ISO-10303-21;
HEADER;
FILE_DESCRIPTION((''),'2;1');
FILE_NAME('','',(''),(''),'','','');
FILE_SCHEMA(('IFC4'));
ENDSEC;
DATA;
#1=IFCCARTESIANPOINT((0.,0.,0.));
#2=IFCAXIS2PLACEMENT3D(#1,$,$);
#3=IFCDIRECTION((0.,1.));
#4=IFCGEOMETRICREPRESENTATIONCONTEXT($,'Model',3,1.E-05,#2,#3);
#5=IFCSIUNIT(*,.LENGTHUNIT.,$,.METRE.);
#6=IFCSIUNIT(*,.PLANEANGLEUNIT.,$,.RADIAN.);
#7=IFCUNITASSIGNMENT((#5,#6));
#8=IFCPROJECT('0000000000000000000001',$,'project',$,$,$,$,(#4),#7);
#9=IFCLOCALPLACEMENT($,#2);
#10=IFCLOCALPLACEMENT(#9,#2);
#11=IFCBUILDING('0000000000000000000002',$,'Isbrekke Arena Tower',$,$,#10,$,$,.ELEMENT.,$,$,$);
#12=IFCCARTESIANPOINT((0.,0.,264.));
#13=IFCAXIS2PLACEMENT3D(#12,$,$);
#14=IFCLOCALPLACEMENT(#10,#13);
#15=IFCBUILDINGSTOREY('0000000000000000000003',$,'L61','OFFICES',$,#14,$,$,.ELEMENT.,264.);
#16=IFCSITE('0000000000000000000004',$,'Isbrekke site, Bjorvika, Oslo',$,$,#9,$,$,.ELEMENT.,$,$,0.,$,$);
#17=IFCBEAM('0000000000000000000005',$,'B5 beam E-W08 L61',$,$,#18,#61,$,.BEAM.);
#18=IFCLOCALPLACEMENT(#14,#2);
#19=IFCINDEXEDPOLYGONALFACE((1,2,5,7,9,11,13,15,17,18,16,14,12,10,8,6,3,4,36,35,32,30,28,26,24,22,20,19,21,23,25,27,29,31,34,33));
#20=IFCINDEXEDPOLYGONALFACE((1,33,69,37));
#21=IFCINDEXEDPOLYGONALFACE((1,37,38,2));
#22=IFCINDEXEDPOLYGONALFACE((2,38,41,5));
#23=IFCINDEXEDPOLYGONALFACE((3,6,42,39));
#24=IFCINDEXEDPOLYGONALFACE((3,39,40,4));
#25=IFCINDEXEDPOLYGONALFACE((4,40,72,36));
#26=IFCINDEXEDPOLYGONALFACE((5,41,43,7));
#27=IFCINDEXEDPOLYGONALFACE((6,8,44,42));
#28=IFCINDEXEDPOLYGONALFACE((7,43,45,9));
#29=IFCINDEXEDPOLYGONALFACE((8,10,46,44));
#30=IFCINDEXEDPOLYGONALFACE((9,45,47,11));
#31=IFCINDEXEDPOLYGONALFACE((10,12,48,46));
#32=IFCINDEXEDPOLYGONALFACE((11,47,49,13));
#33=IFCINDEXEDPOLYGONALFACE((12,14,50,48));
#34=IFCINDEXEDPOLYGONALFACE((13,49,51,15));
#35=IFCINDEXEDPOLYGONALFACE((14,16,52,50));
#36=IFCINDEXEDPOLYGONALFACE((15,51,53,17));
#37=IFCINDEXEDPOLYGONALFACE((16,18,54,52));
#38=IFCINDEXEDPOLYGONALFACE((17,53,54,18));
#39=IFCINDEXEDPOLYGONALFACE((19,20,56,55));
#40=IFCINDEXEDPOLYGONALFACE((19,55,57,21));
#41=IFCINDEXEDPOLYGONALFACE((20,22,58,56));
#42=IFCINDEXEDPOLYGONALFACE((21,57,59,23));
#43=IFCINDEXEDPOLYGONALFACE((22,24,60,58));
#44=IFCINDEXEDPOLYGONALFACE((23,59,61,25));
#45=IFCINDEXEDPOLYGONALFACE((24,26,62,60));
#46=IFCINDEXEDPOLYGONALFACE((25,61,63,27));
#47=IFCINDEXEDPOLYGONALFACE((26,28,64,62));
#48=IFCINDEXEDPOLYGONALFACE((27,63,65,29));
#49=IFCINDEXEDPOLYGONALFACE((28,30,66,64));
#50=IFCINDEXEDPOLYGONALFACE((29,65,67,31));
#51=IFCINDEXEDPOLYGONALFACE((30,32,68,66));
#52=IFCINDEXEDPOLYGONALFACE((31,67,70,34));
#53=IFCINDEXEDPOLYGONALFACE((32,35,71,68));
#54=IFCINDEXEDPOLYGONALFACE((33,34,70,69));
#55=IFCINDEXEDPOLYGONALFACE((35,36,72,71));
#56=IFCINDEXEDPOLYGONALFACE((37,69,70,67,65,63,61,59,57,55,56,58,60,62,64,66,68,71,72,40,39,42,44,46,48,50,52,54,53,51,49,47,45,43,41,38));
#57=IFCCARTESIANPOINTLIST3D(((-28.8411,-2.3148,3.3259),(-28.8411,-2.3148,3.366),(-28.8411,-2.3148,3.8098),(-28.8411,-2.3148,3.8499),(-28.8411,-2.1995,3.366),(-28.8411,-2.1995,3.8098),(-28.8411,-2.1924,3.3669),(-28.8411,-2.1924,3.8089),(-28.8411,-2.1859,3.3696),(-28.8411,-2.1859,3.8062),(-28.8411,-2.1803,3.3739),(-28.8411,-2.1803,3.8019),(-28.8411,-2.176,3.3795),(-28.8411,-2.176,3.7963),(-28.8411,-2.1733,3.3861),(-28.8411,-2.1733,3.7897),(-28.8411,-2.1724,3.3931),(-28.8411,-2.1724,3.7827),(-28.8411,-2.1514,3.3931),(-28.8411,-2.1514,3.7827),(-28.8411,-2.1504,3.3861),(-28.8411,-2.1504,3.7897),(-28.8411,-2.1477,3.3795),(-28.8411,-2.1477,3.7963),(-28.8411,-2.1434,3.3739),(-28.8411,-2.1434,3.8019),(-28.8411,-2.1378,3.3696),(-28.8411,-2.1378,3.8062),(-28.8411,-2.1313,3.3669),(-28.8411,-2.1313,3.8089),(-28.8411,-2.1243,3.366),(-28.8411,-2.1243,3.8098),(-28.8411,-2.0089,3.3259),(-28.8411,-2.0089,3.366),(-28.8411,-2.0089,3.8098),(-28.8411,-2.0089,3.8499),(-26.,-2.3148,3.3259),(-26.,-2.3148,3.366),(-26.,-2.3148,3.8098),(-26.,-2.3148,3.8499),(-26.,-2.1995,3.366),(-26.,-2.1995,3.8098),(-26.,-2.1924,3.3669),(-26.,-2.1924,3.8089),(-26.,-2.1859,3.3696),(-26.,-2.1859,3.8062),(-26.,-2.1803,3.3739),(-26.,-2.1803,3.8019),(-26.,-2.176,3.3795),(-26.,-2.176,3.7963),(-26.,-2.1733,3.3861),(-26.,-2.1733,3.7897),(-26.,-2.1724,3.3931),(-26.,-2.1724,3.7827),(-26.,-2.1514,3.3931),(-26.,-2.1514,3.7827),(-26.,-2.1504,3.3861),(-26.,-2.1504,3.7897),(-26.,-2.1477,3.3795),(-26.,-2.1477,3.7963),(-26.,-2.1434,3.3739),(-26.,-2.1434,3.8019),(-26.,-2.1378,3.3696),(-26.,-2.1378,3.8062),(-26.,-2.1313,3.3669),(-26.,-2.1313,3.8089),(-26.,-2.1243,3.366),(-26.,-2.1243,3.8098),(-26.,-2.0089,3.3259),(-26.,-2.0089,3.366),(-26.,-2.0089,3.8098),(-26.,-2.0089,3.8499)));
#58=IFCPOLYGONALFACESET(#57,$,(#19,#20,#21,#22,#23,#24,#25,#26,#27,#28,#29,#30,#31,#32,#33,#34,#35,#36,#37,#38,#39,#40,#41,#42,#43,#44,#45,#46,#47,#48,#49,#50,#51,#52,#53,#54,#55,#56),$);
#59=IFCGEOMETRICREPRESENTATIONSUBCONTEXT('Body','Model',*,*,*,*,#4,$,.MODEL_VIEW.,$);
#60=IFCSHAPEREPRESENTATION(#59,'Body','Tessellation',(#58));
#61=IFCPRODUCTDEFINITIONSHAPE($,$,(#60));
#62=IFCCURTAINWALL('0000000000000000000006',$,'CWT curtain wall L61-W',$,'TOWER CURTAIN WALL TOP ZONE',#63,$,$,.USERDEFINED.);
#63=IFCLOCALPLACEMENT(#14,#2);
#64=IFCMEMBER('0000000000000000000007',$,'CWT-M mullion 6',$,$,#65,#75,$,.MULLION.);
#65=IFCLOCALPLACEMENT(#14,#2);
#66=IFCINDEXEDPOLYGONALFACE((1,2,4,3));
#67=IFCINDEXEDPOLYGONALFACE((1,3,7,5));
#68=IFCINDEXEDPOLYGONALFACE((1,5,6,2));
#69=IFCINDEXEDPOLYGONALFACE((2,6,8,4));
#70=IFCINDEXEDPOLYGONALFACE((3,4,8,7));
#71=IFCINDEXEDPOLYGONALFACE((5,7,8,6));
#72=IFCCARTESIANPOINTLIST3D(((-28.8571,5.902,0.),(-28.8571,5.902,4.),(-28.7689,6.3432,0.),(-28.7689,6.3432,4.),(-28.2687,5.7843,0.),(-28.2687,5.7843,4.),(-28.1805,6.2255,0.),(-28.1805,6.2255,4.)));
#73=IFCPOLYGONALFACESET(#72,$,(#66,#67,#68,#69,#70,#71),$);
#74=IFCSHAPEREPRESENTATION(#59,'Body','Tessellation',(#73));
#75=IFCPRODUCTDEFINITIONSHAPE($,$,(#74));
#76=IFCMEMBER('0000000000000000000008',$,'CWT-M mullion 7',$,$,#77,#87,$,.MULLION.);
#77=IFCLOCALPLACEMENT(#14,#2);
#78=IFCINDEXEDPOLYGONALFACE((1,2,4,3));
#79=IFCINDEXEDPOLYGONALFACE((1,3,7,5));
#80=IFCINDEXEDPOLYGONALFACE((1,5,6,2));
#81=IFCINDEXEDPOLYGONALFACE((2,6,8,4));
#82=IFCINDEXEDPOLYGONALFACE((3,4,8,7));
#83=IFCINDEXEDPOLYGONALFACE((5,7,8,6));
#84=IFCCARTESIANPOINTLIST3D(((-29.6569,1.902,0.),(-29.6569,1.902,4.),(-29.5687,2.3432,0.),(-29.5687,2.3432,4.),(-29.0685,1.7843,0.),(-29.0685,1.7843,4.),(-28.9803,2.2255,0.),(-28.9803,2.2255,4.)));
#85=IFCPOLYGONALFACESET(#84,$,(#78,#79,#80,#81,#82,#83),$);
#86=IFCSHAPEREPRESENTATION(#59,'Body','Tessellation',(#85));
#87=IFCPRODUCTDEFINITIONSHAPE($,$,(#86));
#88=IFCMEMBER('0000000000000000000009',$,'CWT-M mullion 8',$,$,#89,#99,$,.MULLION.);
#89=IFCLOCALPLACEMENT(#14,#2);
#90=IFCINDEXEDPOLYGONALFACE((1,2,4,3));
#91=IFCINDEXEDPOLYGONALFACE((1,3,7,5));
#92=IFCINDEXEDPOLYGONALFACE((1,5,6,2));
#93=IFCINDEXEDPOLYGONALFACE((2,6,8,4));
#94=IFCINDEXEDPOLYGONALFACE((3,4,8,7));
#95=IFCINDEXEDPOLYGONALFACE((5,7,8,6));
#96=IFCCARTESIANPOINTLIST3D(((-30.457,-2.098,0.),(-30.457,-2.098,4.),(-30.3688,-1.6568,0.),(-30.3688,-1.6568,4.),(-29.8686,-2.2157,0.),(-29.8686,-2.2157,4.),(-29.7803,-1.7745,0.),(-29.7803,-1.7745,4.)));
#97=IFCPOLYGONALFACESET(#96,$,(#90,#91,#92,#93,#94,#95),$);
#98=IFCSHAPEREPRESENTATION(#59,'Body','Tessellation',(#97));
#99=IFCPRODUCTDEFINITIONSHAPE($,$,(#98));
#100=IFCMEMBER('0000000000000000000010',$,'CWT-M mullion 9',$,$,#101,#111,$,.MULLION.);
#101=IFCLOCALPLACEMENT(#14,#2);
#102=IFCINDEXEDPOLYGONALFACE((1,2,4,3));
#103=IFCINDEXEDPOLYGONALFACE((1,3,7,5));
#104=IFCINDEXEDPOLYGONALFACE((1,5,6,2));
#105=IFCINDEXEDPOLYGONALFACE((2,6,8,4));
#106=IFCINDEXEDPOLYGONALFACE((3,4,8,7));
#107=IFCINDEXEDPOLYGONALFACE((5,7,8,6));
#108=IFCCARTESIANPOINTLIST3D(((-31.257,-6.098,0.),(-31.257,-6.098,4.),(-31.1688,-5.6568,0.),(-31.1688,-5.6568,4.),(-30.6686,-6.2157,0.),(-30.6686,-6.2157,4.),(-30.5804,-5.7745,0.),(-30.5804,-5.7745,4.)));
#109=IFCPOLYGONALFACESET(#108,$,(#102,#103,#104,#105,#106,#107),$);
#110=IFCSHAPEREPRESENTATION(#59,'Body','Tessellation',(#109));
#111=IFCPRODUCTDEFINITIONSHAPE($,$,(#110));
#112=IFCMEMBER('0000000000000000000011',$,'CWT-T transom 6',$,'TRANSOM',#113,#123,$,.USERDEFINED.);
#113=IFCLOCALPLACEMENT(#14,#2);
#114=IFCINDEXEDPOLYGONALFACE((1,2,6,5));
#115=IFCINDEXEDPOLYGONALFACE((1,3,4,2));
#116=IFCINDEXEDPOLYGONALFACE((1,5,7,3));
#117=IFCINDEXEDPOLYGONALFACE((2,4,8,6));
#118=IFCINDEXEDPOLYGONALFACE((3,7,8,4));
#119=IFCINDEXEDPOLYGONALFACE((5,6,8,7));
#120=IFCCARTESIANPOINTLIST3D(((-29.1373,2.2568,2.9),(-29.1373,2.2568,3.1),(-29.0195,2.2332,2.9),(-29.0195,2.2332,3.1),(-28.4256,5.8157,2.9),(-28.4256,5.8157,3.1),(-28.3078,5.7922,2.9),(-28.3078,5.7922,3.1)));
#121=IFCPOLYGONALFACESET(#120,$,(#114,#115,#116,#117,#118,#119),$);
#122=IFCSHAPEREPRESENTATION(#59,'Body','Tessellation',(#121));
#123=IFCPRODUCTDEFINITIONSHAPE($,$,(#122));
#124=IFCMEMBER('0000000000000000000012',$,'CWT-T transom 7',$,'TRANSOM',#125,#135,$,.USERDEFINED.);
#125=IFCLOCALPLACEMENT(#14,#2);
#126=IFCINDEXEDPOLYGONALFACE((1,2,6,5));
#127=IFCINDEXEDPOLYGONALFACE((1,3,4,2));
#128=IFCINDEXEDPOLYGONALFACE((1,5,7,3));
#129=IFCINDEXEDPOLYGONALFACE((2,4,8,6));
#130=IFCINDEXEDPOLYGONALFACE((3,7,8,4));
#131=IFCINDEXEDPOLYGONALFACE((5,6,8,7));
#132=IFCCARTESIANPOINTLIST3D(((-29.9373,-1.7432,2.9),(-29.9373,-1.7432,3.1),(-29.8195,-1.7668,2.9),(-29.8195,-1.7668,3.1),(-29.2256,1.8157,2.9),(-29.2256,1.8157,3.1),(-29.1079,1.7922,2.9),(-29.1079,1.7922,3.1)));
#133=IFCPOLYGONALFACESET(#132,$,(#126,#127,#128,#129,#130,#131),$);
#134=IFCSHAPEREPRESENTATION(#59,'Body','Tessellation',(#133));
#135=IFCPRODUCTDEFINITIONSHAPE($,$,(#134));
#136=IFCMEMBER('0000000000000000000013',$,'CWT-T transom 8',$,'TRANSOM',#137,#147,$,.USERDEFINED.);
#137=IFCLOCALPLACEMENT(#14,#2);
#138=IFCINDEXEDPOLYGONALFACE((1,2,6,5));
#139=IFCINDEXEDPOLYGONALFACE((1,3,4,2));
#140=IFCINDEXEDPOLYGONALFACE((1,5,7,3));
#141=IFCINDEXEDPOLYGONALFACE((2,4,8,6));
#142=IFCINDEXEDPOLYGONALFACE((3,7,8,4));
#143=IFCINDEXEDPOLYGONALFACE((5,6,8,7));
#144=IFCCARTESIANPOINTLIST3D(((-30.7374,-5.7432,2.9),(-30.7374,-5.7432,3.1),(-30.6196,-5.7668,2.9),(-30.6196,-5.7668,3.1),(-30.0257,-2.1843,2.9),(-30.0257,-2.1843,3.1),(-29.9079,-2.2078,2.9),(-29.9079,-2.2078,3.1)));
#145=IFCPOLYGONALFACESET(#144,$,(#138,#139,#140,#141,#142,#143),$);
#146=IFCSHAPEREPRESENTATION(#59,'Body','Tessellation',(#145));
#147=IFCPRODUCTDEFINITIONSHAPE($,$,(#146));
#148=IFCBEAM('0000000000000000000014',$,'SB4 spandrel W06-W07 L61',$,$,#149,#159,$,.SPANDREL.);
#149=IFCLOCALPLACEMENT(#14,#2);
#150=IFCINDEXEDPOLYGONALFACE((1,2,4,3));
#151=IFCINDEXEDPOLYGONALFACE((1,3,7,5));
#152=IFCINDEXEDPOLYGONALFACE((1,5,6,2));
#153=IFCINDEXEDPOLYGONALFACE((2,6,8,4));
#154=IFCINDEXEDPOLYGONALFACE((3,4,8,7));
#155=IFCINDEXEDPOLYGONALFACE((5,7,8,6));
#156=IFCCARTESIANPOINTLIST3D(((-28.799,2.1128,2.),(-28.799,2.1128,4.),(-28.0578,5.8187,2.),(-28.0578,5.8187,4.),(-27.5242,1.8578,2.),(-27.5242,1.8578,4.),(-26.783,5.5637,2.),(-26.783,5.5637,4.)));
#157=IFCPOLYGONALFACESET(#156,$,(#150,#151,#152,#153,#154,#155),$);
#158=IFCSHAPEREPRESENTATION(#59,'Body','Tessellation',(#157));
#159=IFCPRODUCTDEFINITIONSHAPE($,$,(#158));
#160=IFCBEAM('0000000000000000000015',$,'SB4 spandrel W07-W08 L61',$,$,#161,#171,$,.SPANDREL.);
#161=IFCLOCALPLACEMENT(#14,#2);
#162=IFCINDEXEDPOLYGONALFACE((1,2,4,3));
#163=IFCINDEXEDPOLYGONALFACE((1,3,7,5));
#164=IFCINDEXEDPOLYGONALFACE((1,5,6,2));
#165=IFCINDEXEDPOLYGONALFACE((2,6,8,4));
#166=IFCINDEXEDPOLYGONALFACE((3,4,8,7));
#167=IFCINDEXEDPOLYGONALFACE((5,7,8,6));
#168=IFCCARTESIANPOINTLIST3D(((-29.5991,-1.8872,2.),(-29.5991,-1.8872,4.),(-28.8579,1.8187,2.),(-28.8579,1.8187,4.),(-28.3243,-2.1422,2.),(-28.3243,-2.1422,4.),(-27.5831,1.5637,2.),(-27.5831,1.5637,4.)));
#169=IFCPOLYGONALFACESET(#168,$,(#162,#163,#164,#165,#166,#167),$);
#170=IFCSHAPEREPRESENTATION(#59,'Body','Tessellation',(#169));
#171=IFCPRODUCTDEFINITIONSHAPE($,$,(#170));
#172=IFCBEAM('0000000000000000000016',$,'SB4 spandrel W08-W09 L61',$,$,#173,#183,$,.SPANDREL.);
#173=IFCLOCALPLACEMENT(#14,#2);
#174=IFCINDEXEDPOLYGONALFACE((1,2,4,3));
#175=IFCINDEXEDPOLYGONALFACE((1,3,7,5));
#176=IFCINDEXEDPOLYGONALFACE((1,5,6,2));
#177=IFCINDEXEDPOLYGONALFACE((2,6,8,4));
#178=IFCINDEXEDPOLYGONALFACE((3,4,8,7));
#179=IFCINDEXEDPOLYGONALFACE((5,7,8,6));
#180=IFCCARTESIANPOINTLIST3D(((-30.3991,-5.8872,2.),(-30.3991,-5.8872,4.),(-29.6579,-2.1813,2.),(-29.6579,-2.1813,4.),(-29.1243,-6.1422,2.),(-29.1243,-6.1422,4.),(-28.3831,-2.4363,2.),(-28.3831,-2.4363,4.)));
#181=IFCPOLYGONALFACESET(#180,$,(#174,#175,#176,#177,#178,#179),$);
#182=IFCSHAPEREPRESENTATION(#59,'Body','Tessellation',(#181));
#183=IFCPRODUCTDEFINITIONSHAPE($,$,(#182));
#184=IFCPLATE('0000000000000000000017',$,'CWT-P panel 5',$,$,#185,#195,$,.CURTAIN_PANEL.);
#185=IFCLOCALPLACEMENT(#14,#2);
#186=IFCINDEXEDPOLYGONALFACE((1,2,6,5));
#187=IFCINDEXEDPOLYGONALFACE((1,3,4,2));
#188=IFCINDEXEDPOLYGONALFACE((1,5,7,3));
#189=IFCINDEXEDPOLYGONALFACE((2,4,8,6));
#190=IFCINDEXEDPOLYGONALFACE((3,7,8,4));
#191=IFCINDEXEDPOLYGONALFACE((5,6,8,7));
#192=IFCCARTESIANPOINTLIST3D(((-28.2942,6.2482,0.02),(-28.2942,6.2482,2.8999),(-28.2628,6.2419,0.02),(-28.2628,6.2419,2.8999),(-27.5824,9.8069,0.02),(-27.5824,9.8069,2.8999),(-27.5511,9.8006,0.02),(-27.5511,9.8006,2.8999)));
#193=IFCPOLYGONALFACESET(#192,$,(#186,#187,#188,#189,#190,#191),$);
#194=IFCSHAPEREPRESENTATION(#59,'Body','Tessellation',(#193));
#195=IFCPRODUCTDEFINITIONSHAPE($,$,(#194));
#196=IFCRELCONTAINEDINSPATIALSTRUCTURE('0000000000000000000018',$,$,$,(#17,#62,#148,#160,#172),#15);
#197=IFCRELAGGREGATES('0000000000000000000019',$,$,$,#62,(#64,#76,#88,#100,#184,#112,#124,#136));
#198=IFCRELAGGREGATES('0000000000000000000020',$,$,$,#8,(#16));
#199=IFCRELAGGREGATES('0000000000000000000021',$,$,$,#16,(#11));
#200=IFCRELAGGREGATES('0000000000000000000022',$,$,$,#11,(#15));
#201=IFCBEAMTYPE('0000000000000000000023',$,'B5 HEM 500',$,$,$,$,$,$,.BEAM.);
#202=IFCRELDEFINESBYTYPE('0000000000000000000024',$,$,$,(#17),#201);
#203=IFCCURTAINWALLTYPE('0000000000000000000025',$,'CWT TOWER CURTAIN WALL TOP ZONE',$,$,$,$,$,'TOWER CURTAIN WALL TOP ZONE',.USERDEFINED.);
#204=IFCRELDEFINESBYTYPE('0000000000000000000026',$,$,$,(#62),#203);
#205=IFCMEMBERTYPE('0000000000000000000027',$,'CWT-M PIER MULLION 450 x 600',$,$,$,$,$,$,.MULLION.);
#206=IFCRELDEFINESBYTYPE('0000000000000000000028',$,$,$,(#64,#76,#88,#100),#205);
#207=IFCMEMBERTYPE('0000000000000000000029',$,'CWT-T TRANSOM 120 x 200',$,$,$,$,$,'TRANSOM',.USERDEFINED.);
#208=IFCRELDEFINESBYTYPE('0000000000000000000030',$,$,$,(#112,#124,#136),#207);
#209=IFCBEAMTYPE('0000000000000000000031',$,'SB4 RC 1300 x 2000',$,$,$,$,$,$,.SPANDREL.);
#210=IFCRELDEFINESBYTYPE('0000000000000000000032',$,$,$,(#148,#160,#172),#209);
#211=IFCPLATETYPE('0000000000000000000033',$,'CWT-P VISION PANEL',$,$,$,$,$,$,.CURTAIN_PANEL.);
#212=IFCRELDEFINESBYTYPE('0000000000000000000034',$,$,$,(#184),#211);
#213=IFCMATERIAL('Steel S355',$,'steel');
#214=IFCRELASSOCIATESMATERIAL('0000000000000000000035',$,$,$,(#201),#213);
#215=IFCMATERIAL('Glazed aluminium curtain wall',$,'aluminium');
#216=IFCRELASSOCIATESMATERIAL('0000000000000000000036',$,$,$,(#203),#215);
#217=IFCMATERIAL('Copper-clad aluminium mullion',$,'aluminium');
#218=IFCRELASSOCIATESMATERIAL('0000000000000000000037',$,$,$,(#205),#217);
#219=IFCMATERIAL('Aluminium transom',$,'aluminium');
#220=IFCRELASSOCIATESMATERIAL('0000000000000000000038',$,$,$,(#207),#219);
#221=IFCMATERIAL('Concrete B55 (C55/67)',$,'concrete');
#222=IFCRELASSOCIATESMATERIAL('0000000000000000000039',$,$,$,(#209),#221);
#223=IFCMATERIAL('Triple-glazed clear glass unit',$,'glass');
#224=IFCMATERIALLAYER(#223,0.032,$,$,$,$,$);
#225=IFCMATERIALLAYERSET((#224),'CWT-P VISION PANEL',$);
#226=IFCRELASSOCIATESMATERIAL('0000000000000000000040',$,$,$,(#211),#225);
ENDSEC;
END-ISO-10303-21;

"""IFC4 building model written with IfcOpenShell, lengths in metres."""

from ifc_helpers import new_model, si_unit, direction, frame, origin, origin_2d, place, context, subcontext, project, spatial, rectangle, i_section, extrude, material, layer, layer_set, material_profile, profile_set, type_object, element, aggregate, save


model = new_model("IFC4")

# Units and contexts
model_context = context("Model", 3, precision=1e-05, world=origin(), true_north=direction((0.0, 1.0)))
body_context = subcontext(model_context, "Body", "Model", "MODEL_VIEW")
ifc_project = project(units=[si_unit("LENGTHUNIT", "METRE"), si_unit("PLANEANGLEUNIT", "RADIAN")], contexts=[model_context])

# Site, building, storey
site_placement = place(None, origin())
site = spatial("IfcSite", under=ifc_project, at=site_placement, Name="Isbrekke site, Bjorvika, Oslo", CompositionType="ELEMENT", RefElevation=0.0)
building_placement = place(site_placement, origin())
building = spatial("IfcBuilding", under=site, at=building_placement, Name="Isbrekke Arena Tower", CompositionType="ELEMENT")
storey_placement = place(building_placement, frame((0.0, 0.0, 264.0)))
storey = spatial("IfcBuildingStorey", under=building, at=storey_placement, Name="L61", Description="OFFICES", CompositionType="ELEMENT", Elevation=264.0)

# Beam
ifc_material_1 = material(Name="Steel S355", Category="steel")
ifc_material_profile_1 = material_profile(ifc_material_1, i_section(OverallWidth=0.3059, OverallDepth=0.5239, WebThickness=0.021, FlangeThickness=0.04, FilletRadius=0.0271, at=origin_2d()), Name="HEM 500")
ifc_profile_set_1 = profile_set([ifc_material_profile_1], Name="Steel S355")
beam_type_1 = type_object("IfcBeamType", Name="B5 HEM 500", PredefinedType="BEAM", material=ifc_profile_set_1)
beam_1_placement = place(storey_placement, frame((-28.8411, -2.1619, 3.5879), z_axis=(1.0, 0.0, 0.0), x_axis=(0.0, 1.0, 0.0)))
element("IfcBeam", 1, at=beam_1_placement, inside=storey, type_object=beam_type_1, Name="B5 beam E-W08 L61", PredefinedType="BEAM", context=body_context, shape_type="SweptSolid", body=[
    extrude(i_section(OverallWidth=0.3059, OverallDepth=0.5239, WebThickness=0.021, FlangeThickness=0.04, FilletRadius=0.0271, at=origin_2d()), origin(), (0.0, 0.0, 1.0), 2.8411),
])

# Curtain wall, members
ifc_material_2 = material(Name="Glazed aluminium curtain wall", Category="aluminium")
curtain_wall_type = type_object("IfcCurtainWallType", Name="CWT TOWER CURTAIN WALL TOP ZONE", ElementType="TOWER CURTAIN WALL TOP ZONE", PredefinedType="USERDEFINED", material=ifc_material_2)
curtain_wall_placement = place(storey_placement, origin())
curtain_wall = element("IfcCurtainWall", 2, at=curtain_wall_placement, inside=storey, type_object=curtain_wall_type, Name="CWT curtain wall L61-W", ObjectType="TOWER CURTAIN WALL TOP ZONE", PredefinedType="USERDEFINED")
ifc_material_3 = material(Name="Copper-clad aluminium mullion", Category="aluminium")
ifc_material_profile_2 = material_profile(ifc_material_3, rectangle(XDim=0.45, YDim=0.6001, at=origin_2d()), Name="PIER 450X600")
ifc_profile_set_2 = profile_set([ifc_material_profile_2], Name="Copper-clad aluminium mullion")
member_type_1 = type_object("IfcMemberType", Name="CWT-M PIER MULLION 450 x 600", PredefinedType="MULLION", material=ifc_profile_set_2)
member_1_placement = place(storey_placement, frame((-28.5188, 6.0637, 0.0), z_axis=(0.0, 0.0, 1.0), x_axis=(-0.196116, -0.980581, 0.0)))
member_1 = element("IfcMember", 3, at=member_1_placement, type_object=member_type_1, Name="CWT-M mullion 6", PredefinedType="MULLION", context=body_context, shape_type="SweptSolid", body=[
    extrude(rectangle(XDim=0.45, YDim=0.6001, at=origin_2d()), origin(), (0.0, 0.0, 1.0), 4.0),
])
member_2_placement = place(storey_placement, frame((-29.3186, 2.0637, 0.0), z_axis=(0.0, 0.0, 1.0), x_axis=(-0.196116, -0.980581, 0.0)))
member_2 = element("IfcMember", 4, at=member_2_placement, type_object=member_type_1, Name="CWT-M mullion 7", PredefinedType="MULLION", context=body_context, shape_type="SweptSolid", body=[
    extrude(rectangle(XDim=0.45, YDim=0.6001, at=origin_2d()), origin(), (0.0, 0.0, 1.0), 4.0),
])
member_3_placement = place(storey_placement, frame((-30.1187, -1.9363, 0.0), z_axis=(0.0, 0.0, 1.0), x_axis=(-0.196116, -0.980581, 0.0)))
member_3 = element("IfcMember", 5, at=member_3_placement, type_object=member_type_1, Name="CWT-M mullion 8", PredefinedType="MULLION", context=body_context, shape_type="SweptSolid", body=[
    extrude(rectangle(XDim=0.45, YDim=0.6001, at=origin_2d()), origin(), (0.0, 0.0, 1.0), 4.0),
])
member_4_placement = place(storey_placement, frame((-30.9187, -5.9363, 0.0), z_axis=(0.0, 0.0, 1.0), x_axis=(-0.196116, -0.980581, 0.0)))
member_4 = element("IfcMember", 6, at=member_4_placement, type_object=member_type_1, Name="CWT-M mullion 9", PredefinedType="MULLION", context=body_context, shape_type="SweptSolid", body=[
    extrude(rectangle(XDim=0.45, YDim=0.6001, at=origin_2d()), origin(), (0.0, 0.0, 1.0), 4.0),
])
ifc_material_4 = material(Name="Aluminium transom", Category="aluminium")
ifc_material_profile_3 = material_profile(ifc_material_4, rectangle(XDim=0.1201, YDim=0.2, at=origin_2d()), Name="TRANSOM 120X200")
ifc_profile_set_3 = profile_set([ifc_material_profile_3], Name="Aluminium transom")
member_type_2 = type_object("IfcMemberType", Name="CWT-T TRANSOM 120 x 200", ElementType="TRANSOM", PredefinedType="USERDEFINED", material=ifc_profile_set_3)
member_5_placement = place(storey_placement, frame((-28.3667, 5.804, 3.0), z_axis=(-0.19609, -0.980586, 0.0), x_axis=(0.980586, -0.19609, 0.0)))
member_5 = element("IfcMember", 7, at=member_5_placement, type_object=member_type_2, Name="CWT-T transom 6", ObjectType="TRANSOM", PredefinedType="USERDEFINED", context=body_context, shape_type="SweptSolid", body=[
    extrude(rectangle(XDim=0.1201, YDim=0.2, at=origin_2d()), origin(), (0.0, 0.0, 1.0), 3.6294),
])
member_6_placement = place(storey_placement, frame((-29.1667, 1.804, 3.0), z_axis=(-0.19609, -0.980586, 0.0), x_axis=(0.980586, -0.19609, 0.0)))
member_6 = element("IfcMember", 8, at=member_6_placement, type_object=member_type_2, Name="CWT-T transom 7", ObjectType="TRANSOM", PredefinedType="USERDEFINED", context=body_context, shape_type="SweptSolid", body=[
    extrude(rectangle(XDim=0.1201, YDim=0.2, at=origin_2d()), origin(), (0.0, 0.0, 1.0), 3.6294),
])
member_7_placement = place(storey_placement, frame((-29.9668, -2.196, 3.0), z_axis=(-0.19609, -0.980586, 0.0), x_axis=(0.980586, -0.19609, 0.0)))
member_7 = element("IfcMember", 9, at=member_7_placement, type_object=member_type_2, Name="CWT-T transom 8", ObjectType="TRANSOM", PredefinedType="USERDEFINED", context=body_context, shape_type="SweptSolid", body=[
    extrude(rectangle(XDim=0.1201, YDim=0.2, at=origin_2d()), origin(), (0.0, 0.0, 1.0), 3.6294),
])

# Beams
ifc_material_5 = material(Name="Concrete B55 (C55/67)", Category="concrete")
ifc_material_profile_4 = material_profile(ifc_material_5, rectangle(XDim=1.3, YDim=2.0, at=origin_2d()), Name="RC 1300x2000")
ifc_profile_set_4 = profile_set([ifc_material_profile_4], Name="Concrete B55 (C55/67)")
beam_type_2 = type_object("IfcBeamType", Name="SB4 RC 1300 x 2000", PredefinedType="SPANDREL", material=ifc_profile_set_4)
for number, where, z_axis, x_axis, name in (
    (10, (-27.4204, 5.6912, 3.0), (-0.196129, -0.980578, 0.0), (0.980578, -0.196129, 0.0), "SB4 spandrel W06-W07 L61"),
    (11, (-28.2205, 1.6912, 3.0), (-0.196129, -0.980578, 0.0), (0.980578, -0.196129, 0.0), "SB4 spandrel W07-W08 L61"),
    (12, (-29.0205, -2.3088, 3.0), (-0.196129, -0.980578, 0.0), (0.980578, -0.196129, 0.0), "SB4 spandrel W08-W09 L61"),
):
    element("IfcBeam", number, at=place(storey_placement, frame(where, z_axis=z_axis, x_axis=x_axis)), inside=storey, type_object=beam_type_2, Name=name, PredefinedType="SPANDREL", context=body_context, shape_type="SweptSolid", body=[
        extrude(rectangle(XDim=1.3, YDim=2.0, at=origin_2d()), origin(), (0.0, 0.0, 1.0), 3.7793),
    ])

# Plate
ifc_material_6 = material(Name="Triple-glazed clear glass unit", Category="glass")
ifc_layer_1 = layer(ifc_material_6, 0.032)
ifc_layer_set_1 = layer_set([ifc_layer_1], Name="CWT-P VISION PANEL")
plate_type = type_object("IfcPlateType", Name="CWT-P VISION PANEL", PredefinedType="CURTAIN_PANEL", material=ifc_layer_set_1)
plate_1_placement = place(storey_placement, frame((-27.9226, 8.0244, 0.02), z_axis=(0.0, 0.0, 1.0), x_axis=(-0.196116, -0.980581, 0.0)))
plate_1 = element("IfcPlate", 13, at=plate_1_placement, type_object=plate_type, Name="CWT-P panel 5", PredefinedType="CURTAIN_PANEL", context=body_context, shape_type="SweptSolid", body=[
    extrude(rectangle(XDim=3.6292, YDim=0.032, at=origin_2d()), origin(), (0.0, 0.0, 1.0), 2.8799),
])
aggregate(curtain_wall, [member_1, member_2, member_3, member_4, plate_1, member_5, member_6, member_7])

save(model, "model.ifc")
